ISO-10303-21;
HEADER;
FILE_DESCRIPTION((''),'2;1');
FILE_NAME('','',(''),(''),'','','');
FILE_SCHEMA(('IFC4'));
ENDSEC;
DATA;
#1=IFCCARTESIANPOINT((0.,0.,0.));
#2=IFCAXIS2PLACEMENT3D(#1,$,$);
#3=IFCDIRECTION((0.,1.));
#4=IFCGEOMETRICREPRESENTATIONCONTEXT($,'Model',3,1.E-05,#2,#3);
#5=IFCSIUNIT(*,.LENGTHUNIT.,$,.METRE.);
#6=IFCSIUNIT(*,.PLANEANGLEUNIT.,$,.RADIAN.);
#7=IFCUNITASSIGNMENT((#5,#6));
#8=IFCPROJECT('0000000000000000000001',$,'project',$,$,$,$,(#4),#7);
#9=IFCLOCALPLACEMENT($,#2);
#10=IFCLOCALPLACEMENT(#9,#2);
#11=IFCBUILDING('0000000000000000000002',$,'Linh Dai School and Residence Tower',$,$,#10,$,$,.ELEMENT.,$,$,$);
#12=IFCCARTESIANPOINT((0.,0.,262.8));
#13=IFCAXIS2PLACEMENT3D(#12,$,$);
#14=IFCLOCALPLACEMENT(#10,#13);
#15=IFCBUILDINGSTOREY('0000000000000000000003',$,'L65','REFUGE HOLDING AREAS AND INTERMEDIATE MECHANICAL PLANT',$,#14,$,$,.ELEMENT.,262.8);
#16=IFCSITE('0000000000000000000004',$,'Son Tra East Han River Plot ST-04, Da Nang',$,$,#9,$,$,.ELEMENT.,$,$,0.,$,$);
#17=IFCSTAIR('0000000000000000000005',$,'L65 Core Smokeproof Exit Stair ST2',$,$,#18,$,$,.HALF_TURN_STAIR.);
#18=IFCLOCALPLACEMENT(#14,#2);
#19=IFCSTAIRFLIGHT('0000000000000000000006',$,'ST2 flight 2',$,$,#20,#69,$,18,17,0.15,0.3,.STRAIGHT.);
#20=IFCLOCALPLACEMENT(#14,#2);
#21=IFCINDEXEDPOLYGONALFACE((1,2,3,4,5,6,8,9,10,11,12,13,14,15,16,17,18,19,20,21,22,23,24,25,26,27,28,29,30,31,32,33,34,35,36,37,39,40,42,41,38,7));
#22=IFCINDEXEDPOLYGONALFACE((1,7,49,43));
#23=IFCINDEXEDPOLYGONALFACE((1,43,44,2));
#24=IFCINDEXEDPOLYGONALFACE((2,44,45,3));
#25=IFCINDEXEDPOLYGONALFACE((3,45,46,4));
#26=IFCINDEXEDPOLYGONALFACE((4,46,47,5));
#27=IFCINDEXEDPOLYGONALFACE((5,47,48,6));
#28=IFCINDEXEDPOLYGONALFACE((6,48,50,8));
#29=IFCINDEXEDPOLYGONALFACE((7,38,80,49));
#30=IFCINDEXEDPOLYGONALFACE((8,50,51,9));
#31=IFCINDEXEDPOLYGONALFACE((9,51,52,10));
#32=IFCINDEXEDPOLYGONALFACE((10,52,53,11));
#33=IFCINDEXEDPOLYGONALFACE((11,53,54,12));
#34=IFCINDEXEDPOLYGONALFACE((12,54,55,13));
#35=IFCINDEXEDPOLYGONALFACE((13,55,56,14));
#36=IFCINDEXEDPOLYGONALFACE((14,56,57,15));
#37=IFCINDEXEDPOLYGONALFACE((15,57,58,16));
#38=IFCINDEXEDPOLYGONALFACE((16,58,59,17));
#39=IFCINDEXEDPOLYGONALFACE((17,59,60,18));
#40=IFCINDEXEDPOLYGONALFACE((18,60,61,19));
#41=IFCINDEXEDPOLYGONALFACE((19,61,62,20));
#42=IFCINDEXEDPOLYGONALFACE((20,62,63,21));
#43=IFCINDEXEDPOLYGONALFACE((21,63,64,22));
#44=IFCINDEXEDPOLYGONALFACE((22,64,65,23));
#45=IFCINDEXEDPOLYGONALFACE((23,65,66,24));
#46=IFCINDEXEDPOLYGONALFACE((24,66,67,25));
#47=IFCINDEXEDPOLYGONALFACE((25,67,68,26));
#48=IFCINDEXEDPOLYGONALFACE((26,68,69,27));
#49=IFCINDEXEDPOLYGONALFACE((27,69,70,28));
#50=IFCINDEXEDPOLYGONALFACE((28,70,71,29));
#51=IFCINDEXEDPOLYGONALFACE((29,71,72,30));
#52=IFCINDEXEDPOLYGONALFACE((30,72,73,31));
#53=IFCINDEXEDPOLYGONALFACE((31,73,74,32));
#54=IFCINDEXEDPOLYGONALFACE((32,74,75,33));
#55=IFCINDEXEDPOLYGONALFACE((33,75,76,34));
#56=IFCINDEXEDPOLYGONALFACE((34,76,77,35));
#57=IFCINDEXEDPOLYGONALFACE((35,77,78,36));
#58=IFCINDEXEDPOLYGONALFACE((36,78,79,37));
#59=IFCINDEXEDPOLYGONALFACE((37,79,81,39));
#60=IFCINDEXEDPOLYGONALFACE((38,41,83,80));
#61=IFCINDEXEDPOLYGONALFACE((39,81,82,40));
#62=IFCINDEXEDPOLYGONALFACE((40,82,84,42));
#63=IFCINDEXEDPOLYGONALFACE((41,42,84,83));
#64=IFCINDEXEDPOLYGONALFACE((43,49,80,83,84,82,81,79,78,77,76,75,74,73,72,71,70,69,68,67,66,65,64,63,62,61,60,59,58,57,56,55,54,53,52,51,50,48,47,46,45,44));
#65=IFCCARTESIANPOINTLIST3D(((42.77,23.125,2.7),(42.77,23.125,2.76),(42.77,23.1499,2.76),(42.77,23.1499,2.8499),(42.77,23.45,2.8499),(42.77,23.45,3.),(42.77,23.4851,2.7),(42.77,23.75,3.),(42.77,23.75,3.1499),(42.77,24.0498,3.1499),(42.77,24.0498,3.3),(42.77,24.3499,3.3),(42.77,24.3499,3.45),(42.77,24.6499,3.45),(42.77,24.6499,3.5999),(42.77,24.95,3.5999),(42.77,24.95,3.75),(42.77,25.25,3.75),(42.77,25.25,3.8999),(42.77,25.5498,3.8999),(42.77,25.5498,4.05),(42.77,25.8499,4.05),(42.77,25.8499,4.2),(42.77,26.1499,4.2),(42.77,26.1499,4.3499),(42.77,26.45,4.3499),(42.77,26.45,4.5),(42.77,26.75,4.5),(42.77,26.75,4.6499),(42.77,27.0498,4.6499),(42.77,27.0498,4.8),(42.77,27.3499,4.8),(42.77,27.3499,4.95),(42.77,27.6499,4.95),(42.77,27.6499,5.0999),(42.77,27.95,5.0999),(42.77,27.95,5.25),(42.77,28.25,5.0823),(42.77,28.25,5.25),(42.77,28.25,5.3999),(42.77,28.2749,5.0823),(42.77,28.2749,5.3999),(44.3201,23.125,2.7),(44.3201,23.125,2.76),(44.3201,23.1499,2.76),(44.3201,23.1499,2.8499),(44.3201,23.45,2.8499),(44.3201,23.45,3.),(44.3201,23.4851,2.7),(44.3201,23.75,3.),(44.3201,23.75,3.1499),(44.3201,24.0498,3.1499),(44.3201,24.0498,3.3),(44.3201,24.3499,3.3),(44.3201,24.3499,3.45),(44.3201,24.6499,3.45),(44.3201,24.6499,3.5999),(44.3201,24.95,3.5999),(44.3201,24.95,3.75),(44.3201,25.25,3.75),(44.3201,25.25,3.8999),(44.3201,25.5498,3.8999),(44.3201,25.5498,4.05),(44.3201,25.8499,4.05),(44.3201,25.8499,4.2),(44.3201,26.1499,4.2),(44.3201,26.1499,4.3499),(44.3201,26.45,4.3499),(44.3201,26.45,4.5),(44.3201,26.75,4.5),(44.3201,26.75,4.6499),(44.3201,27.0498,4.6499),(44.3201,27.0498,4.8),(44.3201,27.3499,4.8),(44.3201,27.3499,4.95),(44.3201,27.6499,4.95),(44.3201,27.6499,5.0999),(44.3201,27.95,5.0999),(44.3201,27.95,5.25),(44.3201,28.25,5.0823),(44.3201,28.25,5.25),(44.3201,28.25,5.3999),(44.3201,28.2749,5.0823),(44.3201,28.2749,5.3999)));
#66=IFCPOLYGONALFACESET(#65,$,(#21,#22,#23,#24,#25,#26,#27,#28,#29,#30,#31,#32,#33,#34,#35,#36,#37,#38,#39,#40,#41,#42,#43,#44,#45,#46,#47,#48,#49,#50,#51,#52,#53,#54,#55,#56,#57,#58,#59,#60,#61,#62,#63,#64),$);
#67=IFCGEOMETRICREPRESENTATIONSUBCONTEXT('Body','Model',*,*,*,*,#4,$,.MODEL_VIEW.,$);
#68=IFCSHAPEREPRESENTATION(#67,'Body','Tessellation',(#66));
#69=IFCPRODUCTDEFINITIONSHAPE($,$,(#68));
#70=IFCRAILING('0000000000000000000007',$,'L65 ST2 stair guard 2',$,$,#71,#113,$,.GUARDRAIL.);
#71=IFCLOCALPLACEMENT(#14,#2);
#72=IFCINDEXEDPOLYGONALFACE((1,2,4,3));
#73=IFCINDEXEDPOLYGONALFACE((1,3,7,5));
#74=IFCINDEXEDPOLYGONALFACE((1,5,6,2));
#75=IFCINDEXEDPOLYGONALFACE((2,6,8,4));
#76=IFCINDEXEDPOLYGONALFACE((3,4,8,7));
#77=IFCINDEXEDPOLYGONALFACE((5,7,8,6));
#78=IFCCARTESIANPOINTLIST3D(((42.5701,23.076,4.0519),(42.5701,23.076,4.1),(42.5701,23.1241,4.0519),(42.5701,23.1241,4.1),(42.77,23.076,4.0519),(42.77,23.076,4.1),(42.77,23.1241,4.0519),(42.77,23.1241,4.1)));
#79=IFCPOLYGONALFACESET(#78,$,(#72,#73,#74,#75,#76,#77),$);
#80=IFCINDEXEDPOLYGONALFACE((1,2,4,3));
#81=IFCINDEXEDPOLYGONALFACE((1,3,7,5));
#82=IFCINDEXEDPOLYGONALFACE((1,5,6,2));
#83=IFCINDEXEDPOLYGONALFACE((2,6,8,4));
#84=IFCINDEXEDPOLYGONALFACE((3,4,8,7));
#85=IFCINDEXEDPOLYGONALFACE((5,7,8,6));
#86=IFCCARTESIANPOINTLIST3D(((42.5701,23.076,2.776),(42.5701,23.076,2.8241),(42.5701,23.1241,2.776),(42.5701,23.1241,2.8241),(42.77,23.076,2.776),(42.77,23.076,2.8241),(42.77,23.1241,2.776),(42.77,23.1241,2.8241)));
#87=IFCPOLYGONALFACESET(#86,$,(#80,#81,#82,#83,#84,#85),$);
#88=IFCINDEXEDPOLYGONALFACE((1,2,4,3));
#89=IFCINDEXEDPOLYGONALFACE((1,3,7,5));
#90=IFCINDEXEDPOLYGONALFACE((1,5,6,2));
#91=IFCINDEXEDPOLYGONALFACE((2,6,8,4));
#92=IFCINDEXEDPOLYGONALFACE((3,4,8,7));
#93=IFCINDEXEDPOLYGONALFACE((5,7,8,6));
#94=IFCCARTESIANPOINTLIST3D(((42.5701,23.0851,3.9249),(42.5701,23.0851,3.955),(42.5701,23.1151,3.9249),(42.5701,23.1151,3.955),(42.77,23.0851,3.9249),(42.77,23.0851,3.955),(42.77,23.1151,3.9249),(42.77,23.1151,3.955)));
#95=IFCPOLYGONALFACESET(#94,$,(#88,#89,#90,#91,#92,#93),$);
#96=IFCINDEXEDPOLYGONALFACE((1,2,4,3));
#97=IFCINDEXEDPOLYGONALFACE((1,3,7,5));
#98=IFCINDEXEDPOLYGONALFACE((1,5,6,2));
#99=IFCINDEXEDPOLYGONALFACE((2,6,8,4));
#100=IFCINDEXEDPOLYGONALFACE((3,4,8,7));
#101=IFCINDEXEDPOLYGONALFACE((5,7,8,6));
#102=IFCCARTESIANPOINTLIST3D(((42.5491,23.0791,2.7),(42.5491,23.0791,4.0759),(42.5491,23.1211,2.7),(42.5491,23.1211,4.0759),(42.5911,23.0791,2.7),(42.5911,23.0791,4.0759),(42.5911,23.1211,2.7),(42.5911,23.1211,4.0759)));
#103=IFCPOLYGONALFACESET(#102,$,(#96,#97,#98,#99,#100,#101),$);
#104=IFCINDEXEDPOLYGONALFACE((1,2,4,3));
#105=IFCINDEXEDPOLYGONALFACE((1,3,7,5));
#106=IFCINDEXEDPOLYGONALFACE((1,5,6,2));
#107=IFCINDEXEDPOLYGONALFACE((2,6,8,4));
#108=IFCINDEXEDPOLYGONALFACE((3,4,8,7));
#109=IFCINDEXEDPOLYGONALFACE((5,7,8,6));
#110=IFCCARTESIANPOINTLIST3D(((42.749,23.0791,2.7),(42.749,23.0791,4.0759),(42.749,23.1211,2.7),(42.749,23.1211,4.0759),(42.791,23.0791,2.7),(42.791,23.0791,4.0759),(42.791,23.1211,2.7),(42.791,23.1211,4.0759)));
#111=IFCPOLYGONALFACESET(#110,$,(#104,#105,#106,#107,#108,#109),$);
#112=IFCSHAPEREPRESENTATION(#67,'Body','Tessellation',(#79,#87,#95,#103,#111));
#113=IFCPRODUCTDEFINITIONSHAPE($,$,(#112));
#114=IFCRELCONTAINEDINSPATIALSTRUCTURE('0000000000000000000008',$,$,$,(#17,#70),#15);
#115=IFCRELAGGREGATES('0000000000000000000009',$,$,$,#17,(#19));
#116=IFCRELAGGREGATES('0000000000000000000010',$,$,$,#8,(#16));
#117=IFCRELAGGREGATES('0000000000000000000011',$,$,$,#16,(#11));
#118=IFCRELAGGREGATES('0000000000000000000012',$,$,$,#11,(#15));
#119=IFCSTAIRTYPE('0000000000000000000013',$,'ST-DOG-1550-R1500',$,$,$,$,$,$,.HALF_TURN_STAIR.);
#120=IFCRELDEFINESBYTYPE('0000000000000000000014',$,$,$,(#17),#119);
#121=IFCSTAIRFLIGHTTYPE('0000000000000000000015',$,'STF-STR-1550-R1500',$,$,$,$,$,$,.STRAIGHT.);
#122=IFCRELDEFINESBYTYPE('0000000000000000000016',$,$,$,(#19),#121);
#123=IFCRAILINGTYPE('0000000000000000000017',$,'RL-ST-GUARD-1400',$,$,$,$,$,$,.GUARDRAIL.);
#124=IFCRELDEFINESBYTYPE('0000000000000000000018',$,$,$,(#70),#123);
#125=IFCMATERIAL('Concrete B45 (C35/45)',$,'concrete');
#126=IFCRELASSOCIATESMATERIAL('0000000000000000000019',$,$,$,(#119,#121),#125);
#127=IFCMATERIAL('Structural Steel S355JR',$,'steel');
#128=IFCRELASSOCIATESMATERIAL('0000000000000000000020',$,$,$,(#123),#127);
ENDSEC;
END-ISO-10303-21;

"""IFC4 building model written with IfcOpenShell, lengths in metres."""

from ifc_helpers import new_model, si_unit, direction, frame, origin, origin_2d, place, context, subcontext, project, spatial, polyline, rectangle, outline, extrude, source, transform, mapped, material, type_object, element, aggregate, save


model = new_model("IFC4")

# Units and contexts
model_context = context("Model", 3, precision=1e-05, world=origin(), true_north=direction((0.0, 1.0)))
body_context = subcontext(model_context, "Body", "Model", "MODEL_VIEW")
ifc_project = project(units=[si_unit("LENGTHUNIT", "METRE"), si_unit("PLANEANGLEUNIT", "RADIAN")], contexts=[model_context])

# Site, building, storey
site_placement = place(None, origin())
site = spatial("IfcSite", under=ifc_project, at=site_placement, Name="Son Tra East Han River Plot ST-04, Da Nang", CompositionType="ELEMENT", RefElevation=0.0)
building_placement = place(site_placement, origin())
building = spatial("IfcBuilding", under=site, at=building_placement, Name="Linh Dai School and Residence Tower", CompositionType="ELEMENT")
storey_placement = place(building_placement, frame((0.0, 0.0, 262.8)))
storey = spatial("IfcBuildingStorey", under=building, at=storey_placement, Name="L65", Description="REFUGE HOLDING AREAS AND INTERMEDIATE MECHANICAL PLANT", CompositionType="ELEMENT", Elevation=262.8)

# Shared definitions
ifc_material_1 = material(Name="Structural Steel S355JR", Category="steel")

# Shared definitions
ifc_material_2 = material(Name="Concrete B45 (C35/45)", Category="concrete")

# Stair, stair flight
stair_type = type_object("IfcStairType", Name="ST-DOG-1550-R1500", PredefinedType="HALF_TURN_STAIR", material=ifc_material_2)
stair_placement = place(storey_placement, origin())
stair = element("IfcStair", 1, at=stair_placement, inside=storey, type_object=stair_type, Name="L65 Core Smokeproof Exit Stair ST2", PredefinedType="HALF_TURN_STAIR")
stair_flight_type = type_object("IfcStairFlightType", Name="STF-STR-1550-R1500", PredefinedType="STRAIGHT", material=ifc_material_2)
shared_shape_1 = source(origin(), body_context, "Body", "SweptSolid", [
    extrude(outline(polyline([(-0.0249, 0.0), (-0.0249, 0.0601), (0.0, 0.0601), (0.0, 0.1499), (0.3, 0.1499), (0.3, 0.3), (0.6001, 0.3), (0.6001, 0.45), (0.8999, 0.45), (0.8999, 0.6001), (1.2, 0.6001), (1.2, 0.75), (1.5, 0.75), (1.5, 0.8999), (1.8, 0.8999), (1.8, 1.05), (2.1001, 1.05), (2.1001, 1.2), (2.3999, 1.2), (2.3999, 1.3501), (2.7, 1.3501), (2.7, 1.5), (3.0, 1.5), (3.0, 1.6499), (3.3, 1.6499), (3.3, 1.8), (3.6001, 1.8), (3.6001, 1.95), (3.8999, 1.95), (3.8999, 2.1001), (4.2, 2.1001), (4.2, 2.25), (4.5, 2.25), (4.5, 2.3999), (4.8, 2.3999), (4.8, 2.55), (5.1001, 2.55), (5.1001, 2.7), (5.125, 2.7), (5.125, 2.3823), (5.1001, 2.3823), (0.3352, 0.0), (-0.0249, 0.0)])), frame((0.0, 0.7749, 0.0), z_axis=(0.0, -1.0, 0.0), x_axis=(1.0, 0.0, 0.0)), (0.0, 0.0, 1.0), 1.55),
])
stair_flight_placement = place(storey_placement, frame((43.5449, 23.1499, 2.7), z_axis=(0.0, 0.0, 1.0), x_axis=(0.0, 1.0, 0.0)))
stair_flight = element("IfcStairFlight", 2, at=stair_flight_placement, type_object=stair_flight_type, Name="ST2 flight 2", NumberOfRisers=18, NumberOfTreads=17, PredefinedType="STRAIGHT", RiserHeight=0.15, TreadLength=0.3, context=body_context, shape_type="MappedRepresentation", body=[
    mapped(shared_shape_1, transform((0.0, 0.0, 0.0), x_axis=(1.0, 0.0, 0.0), y_axis=(0.0, 1.0, 0.0), z_axis=(0.0, 0.0, 1.0), scale=1.0)),
])
aggregate(stair, [stair_flight])

# Railing
railing_type = type_object("IfcRailingType", Name="RL-ST-GUARD-1400", PredefinedType="GUARDRAIL", material=ifc_material_1)
shared_shape_2 = source(origin(), body_context, "Body", "SweptSolid", [
    extrude(rectangle(XDim=0.0481, YDim=0.0481, at=origin_2d()), frame((0.0, 0.0, 1.376), z_axis=(1.0, 0.0, 0.0), x_axis=(0.0, 1.0, 0.0)), (0.0, 0.0, 1.0), 0.2),
    extrude(rectangle(XDim=0.0481, YDim=0.0481, at=origin_2d()), frame((0.0, 0.0, 0.1001), z_axis=(1.0, 0.0, 0.0), x_axis=(0.0, 1.0, 0.0)), (0.0, 0.0, 1.0), 0.2),
    extrude(rectangle(XDim=0.03, YDim=0.03, at=origin_2d()), frame((0.0, 0.0, 1.24), z_axis=(1.0, 0.0, 0.0), x_axis=(0.0, 1.0, 0.0)), (0.0, 0.0, 1.0), 0.2),
    extrude(rectangle(XDim=0.042, YDim=0.042, at=origin_2d()), origin(), (0.0, 0.0, 1.0), 1.376),
    extrude(rectangle(XDim=0.042, YDim=0.042, at=origin_2d()), frame((0.2, 0.0, 0.0)), (0.0, 0.0, 1.0), 1.376),
])
railing_1_placement = place(storey_placement, frame((42.5701, 23.1001, 2.7)))
element("IfcRailing", 3, at=railing_1_placement, inside=storey, type_object=railing_type, Name="L65 ST2 stair guard 2", PredefinedType="GUARDRAIL", context=body_context, shape_type="MappedRepresentation", body=[
    mapped(shared_shape_2, transform((0.0, 0.0, 0.0), x_axis=(1.0, 0.0, 0.0), y_axis=(0.0, 1.0, 0.0), z_axis=(0.0, 0.0, 1.0), scale=1.0)),
])

save(model, "model.ifc")
